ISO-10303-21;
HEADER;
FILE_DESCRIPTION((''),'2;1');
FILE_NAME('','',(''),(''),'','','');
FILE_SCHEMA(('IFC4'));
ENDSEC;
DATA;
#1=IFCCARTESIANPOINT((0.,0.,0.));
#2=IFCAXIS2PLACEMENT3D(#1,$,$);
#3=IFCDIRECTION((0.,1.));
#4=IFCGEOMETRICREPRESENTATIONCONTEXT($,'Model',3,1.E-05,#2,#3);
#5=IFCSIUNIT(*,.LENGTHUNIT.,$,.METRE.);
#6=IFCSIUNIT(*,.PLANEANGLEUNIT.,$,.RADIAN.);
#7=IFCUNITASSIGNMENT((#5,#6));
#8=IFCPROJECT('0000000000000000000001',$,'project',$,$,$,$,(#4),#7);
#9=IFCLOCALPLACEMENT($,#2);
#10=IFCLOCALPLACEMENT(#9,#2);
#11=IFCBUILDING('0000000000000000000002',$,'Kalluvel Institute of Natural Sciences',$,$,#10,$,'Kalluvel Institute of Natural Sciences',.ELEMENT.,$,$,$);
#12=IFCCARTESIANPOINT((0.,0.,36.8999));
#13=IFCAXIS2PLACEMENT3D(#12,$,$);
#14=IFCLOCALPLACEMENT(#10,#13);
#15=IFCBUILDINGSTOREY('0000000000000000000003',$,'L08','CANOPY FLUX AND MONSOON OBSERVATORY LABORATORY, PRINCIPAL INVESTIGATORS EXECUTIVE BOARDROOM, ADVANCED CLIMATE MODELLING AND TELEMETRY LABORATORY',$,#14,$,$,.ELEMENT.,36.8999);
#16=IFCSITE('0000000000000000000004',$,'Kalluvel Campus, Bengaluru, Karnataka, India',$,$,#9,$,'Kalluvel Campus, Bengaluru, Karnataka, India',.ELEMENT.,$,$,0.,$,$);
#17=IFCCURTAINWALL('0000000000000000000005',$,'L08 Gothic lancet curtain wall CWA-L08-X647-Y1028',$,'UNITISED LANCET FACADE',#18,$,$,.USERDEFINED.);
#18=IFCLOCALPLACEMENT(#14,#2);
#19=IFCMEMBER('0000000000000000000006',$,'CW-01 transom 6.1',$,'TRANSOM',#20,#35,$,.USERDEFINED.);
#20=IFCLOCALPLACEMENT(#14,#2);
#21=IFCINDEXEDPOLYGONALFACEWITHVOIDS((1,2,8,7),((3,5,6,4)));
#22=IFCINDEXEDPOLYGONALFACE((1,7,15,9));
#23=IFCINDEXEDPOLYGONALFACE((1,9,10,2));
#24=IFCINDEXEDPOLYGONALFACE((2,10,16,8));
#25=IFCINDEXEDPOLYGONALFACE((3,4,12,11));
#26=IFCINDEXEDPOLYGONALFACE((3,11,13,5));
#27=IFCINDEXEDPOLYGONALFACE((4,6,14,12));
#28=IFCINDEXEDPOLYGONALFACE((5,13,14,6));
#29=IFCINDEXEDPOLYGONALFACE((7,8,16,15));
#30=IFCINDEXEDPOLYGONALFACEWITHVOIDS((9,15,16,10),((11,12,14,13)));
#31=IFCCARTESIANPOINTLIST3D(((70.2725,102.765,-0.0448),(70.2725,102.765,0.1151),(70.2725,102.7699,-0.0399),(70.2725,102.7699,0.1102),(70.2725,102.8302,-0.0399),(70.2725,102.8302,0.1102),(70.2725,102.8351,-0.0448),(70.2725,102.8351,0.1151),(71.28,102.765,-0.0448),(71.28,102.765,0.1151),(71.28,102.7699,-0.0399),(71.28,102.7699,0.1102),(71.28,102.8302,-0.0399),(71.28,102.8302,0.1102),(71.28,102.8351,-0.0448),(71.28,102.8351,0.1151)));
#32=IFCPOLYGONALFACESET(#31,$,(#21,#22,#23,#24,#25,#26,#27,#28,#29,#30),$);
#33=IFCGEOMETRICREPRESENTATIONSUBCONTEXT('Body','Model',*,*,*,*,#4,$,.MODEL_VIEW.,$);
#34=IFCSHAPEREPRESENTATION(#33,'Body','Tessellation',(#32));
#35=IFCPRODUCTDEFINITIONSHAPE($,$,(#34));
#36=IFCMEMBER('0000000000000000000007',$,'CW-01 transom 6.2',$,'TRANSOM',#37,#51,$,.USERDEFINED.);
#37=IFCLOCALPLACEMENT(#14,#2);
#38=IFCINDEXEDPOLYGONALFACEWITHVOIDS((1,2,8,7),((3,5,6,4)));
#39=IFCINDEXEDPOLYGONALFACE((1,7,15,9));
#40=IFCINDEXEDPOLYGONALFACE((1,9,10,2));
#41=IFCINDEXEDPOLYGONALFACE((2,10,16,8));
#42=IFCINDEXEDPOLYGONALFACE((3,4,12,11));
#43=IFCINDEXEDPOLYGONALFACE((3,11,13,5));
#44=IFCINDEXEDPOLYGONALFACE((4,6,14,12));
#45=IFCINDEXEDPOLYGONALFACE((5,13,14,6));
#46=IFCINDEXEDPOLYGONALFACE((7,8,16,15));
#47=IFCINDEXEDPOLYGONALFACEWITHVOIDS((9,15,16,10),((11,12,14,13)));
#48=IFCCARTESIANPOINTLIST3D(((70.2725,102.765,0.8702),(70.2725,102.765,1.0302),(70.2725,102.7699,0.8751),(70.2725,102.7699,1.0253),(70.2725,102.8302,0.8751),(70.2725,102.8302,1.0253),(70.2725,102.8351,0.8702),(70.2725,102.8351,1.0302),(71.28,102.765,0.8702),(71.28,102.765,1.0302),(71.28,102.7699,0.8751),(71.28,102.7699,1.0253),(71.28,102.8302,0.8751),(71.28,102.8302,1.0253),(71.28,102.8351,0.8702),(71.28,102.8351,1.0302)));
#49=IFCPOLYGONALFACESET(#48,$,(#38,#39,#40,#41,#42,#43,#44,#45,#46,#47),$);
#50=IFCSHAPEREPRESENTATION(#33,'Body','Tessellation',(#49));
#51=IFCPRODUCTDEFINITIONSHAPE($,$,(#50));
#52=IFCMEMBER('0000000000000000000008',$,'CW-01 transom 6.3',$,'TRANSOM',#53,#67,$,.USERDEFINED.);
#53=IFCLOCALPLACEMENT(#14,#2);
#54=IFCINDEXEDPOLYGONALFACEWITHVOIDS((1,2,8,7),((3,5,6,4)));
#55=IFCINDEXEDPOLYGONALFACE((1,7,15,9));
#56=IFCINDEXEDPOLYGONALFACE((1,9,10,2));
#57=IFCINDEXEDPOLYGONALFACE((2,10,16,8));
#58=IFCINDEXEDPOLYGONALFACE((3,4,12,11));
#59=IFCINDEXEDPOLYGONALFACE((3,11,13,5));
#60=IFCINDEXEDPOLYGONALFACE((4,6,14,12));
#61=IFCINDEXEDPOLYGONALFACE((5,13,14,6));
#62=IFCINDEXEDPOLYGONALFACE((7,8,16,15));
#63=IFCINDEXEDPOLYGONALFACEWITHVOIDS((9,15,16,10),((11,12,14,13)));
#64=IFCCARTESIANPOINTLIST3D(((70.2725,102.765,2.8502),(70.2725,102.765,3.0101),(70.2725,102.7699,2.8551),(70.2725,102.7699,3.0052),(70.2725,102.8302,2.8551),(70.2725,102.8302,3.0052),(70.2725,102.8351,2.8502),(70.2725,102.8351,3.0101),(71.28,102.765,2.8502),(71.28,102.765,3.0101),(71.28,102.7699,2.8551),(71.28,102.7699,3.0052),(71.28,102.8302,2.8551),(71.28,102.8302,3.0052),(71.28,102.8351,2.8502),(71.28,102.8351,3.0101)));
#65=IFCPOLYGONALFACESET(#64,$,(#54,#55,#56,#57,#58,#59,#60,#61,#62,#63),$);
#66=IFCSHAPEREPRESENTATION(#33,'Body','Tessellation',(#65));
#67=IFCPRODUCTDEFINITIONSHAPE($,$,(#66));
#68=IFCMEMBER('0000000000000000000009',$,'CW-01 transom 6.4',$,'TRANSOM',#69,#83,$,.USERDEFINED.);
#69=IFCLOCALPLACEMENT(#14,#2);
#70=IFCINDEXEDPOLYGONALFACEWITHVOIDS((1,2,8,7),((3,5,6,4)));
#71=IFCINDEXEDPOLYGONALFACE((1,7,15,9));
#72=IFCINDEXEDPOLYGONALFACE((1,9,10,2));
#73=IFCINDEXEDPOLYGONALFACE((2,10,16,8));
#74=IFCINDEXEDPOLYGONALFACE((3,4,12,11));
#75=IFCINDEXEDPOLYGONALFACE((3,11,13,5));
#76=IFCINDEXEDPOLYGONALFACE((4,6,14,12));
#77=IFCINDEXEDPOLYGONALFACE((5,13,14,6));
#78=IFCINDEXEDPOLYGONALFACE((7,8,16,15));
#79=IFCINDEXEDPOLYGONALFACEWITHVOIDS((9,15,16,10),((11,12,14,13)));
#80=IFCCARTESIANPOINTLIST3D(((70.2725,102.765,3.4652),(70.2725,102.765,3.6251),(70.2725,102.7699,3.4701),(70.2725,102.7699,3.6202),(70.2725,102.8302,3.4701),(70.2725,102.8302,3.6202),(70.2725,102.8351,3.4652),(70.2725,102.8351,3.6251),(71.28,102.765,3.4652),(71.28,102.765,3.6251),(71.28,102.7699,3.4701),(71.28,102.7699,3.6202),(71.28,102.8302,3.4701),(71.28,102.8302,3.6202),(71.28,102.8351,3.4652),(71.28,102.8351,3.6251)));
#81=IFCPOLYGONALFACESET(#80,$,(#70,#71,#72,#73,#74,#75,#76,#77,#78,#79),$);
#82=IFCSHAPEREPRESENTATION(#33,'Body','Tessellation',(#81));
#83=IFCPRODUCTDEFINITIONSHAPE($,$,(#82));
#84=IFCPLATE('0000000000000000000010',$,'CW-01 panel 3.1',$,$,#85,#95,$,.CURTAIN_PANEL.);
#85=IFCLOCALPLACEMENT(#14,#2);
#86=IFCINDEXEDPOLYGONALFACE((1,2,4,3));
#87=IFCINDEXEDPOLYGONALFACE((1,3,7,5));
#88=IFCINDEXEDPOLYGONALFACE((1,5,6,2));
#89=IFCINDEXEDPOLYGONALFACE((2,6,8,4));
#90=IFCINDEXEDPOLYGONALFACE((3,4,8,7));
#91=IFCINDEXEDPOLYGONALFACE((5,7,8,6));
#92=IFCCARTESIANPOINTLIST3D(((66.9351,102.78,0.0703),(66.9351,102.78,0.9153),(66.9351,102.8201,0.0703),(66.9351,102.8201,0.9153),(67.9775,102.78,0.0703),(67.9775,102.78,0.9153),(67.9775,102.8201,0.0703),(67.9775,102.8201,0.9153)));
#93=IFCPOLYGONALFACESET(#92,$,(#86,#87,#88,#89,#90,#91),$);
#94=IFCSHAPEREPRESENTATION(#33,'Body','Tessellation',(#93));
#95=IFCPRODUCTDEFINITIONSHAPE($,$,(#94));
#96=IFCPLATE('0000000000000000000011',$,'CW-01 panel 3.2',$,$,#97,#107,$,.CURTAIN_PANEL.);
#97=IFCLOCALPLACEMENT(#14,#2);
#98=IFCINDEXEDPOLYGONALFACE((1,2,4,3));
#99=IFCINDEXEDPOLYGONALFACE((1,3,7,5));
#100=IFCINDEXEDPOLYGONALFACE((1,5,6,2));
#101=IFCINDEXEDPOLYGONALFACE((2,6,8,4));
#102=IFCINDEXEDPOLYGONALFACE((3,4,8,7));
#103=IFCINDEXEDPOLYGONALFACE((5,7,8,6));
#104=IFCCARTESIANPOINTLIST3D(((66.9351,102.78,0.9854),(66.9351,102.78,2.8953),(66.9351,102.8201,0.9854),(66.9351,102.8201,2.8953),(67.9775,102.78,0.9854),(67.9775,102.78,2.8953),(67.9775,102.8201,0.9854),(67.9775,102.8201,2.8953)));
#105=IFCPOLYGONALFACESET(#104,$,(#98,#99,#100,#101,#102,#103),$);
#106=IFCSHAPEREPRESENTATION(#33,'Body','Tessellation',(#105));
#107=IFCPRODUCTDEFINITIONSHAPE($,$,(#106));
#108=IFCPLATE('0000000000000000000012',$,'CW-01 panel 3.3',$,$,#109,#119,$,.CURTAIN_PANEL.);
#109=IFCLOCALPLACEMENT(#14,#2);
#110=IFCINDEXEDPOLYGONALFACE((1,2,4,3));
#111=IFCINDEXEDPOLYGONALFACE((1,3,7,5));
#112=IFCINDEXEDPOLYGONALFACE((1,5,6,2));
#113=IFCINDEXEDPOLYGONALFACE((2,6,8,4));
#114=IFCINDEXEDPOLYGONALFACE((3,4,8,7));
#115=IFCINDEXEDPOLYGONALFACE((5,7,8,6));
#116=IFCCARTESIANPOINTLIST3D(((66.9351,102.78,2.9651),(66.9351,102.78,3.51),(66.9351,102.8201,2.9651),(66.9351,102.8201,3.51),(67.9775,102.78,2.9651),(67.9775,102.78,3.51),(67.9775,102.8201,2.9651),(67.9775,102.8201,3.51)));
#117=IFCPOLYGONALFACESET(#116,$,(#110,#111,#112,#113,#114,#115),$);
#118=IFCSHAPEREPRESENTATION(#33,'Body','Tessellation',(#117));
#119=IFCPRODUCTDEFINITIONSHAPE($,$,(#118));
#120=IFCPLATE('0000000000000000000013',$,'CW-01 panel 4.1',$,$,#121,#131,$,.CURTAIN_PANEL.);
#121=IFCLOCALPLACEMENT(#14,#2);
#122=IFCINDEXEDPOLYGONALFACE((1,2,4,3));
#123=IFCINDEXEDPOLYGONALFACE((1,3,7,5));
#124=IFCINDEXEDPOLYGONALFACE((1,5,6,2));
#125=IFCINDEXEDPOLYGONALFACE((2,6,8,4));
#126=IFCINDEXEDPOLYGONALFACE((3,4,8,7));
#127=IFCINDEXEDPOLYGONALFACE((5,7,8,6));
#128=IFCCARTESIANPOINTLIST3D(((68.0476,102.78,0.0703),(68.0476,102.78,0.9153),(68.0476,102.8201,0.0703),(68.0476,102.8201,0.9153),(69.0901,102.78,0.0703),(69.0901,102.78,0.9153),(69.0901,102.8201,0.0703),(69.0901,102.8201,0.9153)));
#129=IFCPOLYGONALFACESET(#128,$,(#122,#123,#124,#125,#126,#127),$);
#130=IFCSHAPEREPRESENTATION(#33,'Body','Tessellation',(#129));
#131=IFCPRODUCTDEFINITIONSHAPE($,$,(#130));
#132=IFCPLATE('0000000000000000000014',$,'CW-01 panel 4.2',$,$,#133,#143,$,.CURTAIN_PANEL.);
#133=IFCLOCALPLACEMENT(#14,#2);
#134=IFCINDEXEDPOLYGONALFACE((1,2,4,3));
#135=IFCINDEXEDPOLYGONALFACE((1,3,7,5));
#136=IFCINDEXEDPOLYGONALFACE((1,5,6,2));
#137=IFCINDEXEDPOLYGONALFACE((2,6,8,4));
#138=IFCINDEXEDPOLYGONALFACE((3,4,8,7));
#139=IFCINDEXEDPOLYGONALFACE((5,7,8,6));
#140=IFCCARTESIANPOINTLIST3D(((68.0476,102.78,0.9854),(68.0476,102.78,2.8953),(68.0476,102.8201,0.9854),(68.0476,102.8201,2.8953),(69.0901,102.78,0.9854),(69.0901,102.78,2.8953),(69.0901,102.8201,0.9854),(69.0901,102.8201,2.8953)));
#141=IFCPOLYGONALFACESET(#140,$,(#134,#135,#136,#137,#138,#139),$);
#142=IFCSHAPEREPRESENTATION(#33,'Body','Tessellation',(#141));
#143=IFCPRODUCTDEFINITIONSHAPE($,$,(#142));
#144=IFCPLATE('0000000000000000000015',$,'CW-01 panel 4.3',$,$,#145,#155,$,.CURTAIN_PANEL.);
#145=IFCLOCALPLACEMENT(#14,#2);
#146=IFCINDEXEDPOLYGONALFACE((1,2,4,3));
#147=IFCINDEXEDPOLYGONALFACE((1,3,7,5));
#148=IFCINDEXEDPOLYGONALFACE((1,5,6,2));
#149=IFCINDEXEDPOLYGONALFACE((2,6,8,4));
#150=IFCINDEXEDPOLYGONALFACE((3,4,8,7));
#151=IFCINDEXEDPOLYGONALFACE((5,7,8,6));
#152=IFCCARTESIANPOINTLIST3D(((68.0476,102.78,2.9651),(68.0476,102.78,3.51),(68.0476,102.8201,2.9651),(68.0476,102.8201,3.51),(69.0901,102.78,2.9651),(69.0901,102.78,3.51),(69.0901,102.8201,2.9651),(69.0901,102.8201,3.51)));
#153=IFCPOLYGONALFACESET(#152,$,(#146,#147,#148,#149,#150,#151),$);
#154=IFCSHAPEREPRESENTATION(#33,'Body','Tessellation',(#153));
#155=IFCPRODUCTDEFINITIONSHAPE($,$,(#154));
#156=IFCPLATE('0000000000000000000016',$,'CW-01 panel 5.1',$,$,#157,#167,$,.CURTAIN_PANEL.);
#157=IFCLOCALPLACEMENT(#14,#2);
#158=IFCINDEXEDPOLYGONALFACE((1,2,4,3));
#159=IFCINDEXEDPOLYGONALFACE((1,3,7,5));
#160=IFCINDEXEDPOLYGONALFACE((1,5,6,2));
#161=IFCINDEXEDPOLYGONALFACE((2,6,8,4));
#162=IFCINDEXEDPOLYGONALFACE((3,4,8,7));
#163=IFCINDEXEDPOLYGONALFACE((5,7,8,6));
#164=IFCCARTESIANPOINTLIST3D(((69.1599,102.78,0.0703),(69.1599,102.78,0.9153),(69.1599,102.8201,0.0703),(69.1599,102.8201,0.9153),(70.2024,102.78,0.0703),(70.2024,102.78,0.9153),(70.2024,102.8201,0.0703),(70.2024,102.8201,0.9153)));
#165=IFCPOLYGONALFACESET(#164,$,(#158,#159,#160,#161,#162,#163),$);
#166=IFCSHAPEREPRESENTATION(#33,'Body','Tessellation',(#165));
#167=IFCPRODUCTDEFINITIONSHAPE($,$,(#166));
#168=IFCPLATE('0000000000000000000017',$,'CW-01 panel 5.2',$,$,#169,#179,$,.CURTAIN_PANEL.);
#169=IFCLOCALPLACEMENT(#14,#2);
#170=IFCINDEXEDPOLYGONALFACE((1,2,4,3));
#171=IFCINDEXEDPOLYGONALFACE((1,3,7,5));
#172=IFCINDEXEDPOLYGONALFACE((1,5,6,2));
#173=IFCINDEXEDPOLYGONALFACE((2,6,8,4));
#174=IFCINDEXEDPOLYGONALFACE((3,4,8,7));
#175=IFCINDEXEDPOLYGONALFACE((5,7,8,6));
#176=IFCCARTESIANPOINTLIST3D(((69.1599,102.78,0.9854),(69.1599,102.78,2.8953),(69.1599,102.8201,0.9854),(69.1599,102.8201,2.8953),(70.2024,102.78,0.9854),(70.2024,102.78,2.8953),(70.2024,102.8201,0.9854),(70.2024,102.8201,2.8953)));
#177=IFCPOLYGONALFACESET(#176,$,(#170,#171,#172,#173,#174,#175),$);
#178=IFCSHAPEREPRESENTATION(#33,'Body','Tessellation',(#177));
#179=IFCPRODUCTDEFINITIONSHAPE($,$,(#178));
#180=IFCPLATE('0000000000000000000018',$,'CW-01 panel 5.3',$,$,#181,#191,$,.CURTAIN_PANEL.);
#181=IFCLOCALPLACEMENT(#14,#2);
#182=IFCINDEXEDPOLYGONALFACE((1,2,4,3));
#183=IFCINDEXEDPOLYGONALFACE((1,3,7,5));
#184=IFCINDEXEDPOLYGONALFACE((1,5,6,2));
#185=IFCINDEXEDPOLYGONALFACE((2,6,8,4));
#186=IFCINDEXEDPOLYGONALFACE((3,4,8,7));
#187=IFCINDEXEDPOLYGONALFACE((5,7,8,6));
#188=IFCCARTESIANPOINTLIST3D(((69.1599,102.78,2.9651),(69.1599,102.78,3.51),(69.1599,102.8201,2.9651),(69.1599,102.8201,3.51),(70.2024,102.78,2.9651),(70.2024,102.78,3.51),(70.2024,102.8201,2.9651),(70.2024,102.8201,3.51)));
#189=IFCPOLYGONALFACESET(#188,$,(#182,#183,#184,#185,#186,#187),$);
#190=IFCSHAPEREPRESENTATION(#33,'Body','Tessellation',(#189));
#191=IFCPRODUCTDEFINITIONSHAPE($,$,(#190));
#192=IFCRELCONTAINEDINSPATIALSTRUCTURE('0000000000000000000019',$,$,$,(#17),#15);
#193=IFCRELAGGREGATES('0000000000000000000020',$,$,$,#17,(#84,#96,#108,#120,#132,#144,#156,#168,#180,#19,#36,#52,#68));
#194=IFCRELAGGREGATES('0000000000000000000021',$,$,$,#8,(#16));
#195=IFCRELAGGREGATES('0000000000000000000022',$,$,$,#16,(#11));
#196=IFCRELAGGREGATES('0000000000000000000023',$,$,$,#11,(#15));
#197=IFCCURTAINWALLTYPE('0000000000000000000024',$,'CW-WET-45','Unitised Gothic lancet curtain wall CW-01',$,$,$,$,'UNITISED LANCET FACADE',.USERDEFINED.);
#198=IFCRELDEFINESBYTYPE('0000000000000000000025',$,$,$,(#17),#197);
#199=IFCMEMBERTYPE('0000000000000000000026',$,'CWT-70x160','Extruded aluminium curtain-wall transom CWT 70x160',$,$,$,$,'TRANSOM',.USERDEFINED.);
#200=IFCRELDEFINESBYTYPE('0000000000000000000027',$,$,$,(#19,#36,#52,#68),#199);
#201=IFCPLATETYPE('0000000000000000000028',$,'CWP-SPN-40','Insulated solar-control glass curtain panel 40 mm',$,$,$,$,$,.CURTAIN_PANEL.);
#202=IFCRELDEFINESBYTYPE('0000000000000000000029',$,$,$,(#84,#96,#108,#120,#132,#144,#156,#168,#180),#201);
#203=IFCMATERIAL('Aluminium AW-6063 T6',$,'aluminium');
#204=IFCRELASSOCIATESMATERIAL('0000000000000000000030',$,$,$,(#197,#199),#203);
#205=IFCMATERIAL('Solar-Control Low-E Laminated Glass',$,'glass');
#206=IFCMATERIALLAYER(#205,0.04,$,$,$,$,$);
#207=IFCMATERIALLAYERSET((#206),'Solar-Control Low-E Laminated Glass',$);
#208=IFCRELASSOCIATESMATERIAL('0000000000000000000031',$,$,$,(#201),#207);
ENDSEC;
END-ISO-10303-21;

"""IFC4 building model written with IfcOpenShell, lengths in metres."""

from ifc_helpers import new_model, si_unit, direction, frame, origin, origin_2d, place, context, subcontext, project, spatial, rectangle, hollow_rectangle, extrude, material, layer, layer_set, material_profile, profile_set, type_object, element, aggregate, save


model = new_model("IFC4")

# Units and contexts
model_context = context("Model", 3, precision=1e-05, world=origin(), true_north=direction((0.0, 1.0)))
body_context = subcontext(model_context, "Body", "Model", "MODEL_VIEW")
ifc_project = project(units=[si_unit("LENGTHUNIT", "METRE"), si_unit("PLANEANGLEUNIT", "RADIAN")], contexts=[model_context])

# Site, building, storey
site_placement = place(None, origin())
site = spatial("IfcSite", under=ifc_project, at=site_placement, Name="Kalluvel Campus, Bengaluru, Karnataka, India", LongName="Kalluvel Campus, Bengaluru, Karnataka, India", CompositionType="ELEMENT", RefElevation=0.0)
building_placement = place(site_placement, origin())
building = spatial("IfcBuilding", under=site, at=building_placement, Name="Kalluvel Institute of Natural Sciences", LongName="Kalluvel Institute of Natural Sciences", CompositionType="ELEMENT")
storey_placement = place(building_placement, frame((0.0, 0.0, 36.8999)))
storey = spatial("IfcBuildingStorey", under=building, at=storey_placement, Name="L08", Description="CANOPY FLUX AND MONSOON OBSERVATORY LABORATORY, PRINCIPAL INVESTIGATORS EXECUTIVE BOARDROOM, ADVANCED CLIMATE MODELLING AND TELEMETRY LABORATORY", CompositionType="ELEMENT", Elevation=36.8999)

# Curtain wall, members, plates
ifc_material_1 = material(Name="Aluminium AW-6063 T6", Category="aluminium")
curtain_wall_type = type_object("IfcCurtainWallType", Name="CW-WET-45", Description="Unitised Gothic lancet curtain wall CW-01", ElementType="UNITISED LANCET FACADE", PredefinedType="USERDEFINED", material=ifc_material_1)
curtain_wall_placement = place(storey_placement, origin())
curtain_wall = element("IfcCurtainWall", 1, at=curtain_wall_placement, inside=storey, type_object=curtain_wall_type, Name="L08 Gothic lancet curtain wall CWA-L08-X647-Y1028", ObjectType="UNITISED LANCET FACADE", PredefinedType="USERDEFINED")
ifc_material_profile_1 = material_profile(ifc_material_1, hollow_rectangle(XDim=0.0701, YDim=0.1599, WallThickness=0.0049, at=origin_2d()), Name="CWT 70x160")
ifc_profile_set_1 = profile_set([ifc_material_profile_1], Name="Aluminium AW-6063 T6")
member_type_1 = type_object("IfcMemberType", Name="CWT-70x160", Description="Extruded aluminium curtain-wall transom CWT 70x160", ElementType="TRANSOM", PredefinedType="USERDEFINED", material=ifc_profile_set_1)
member_1_placement = place(storey_placement, frame((70.2725, 102.8, 0.0352), z_axis=(1.0, 0.0, 0.0), x_axis=(0.0, 1.0, 0.0)))
member_1 = element("IfcMember", 2, at=member_1_placement, type_object=member_type_1, Name="CW-01 transom 6.1", ObjectType="TRANSOM", PredefinedType="USERDEFINED", context=body_context, shape_type="SweptSolid", body=[
    extrude(hollow_rectangle(XDim=0.0701, YDim=0.1599, WallThickness=0.0049, at=origin_2d()), origin(), (0.0, 0.0, 1.0), 1.0076),
])
member_2_placement = place(storey_placement, frame((70.2725, 102.8, 0.9502), z_axis=(1.0, 0.0, 0.0), x_axis=(0.0, 1.0, 0.0)))
member_2 = element("IfcMember", 3, at=member_2_placement, type_object=member_type_1, Name="CW-01 transom 6.2", ObjectType="TRANSOM", PredefinedType="USERDEFINED", context=body_context, shape_type="SweptSolid", body=[
    extrude(hollow_rectangle(XDim=0.0701, YDim=0.1599, WallThickness=0.0049, at=origin_2d()), origin(), (0.0, 0.0, 1.0), 1.0076),
])
member_3_placement = place(storey_placement, frame((70.2725, 102.8, 2.9302), z_axis=(1.0, 0.0, 0.0), x_axis=(0.0, 1.0, 0.0)))
member_3 = element("IfcMember", 4, at=member_3_placement, type_object=member_type_1, Name="CW-01 transom 6.3", ObjectType="TRANSOM", PredefinedType="USERDEFINED", context=body_context, shape_type="SweptSolid", body=[
    extrude(hollow_rectangle(XDim=0.0701, YDim=0.1599, WallThickness=0.0049, at=origin_2d()), origin(), (0.0, 0.0, 1.0), 1.0076),
])
member_4_placement = place(storey_placement, frame((70.2725, 102.8, 3.5452), z_axis=(1.0, 0.0, 0.0), x_axis=(0.0, 1.0, 0.0)))
member_4 = element("IfcMember", 5, at=member_4_placement, type_object=member_type_1, Name="CW-01 transom 6.4", ObjectType="TRANSOM", PredefinedType="USERDEFINED", context=body_context, shape_type="SweptSolid", body=[
    extrude(hollow_rectangle(XDim=0.0701, YDim=0.1599, WallThickness=0.0049, at=origin_2d()), origin(), (0.0, 0.0, 1.0), 1.0076),
])
ifc_material_2 = material(Name="Solar-Control Low-E Laminated Glass", Category="glass")
ifc_layer = layer(ifc_material_2, 0.04)
ifc_layer_set = layer_set([ifc_layer], Name="Solar-Control Low-E Laminated Glass")
plate_type = type_object("IfcPlateType", Name="CWP-SPN-40", Description="Insulated solar-control glass curtain panel 40 mm", PredefinedType="CURTAIN_PANEL", material=ifc_layer_set)
plate_1_placement = place(storey_placement, frame((67.4563, 102.8, 0.0703), z_axis=(0.0, 0.0, 1.0), x_axis=(1.0, 0.0, 0.0)))
plate_1 = element("IfcPlate", 6, at=plate_1_placement, type_object=plate_type, Name="CW-01 panel 3.1", PredefinedType="CURTAIN_PANEL", context=body_context, shape_type="SweptSolid", body=[
    extrude(rectangle(XDim=1.0425, YDim=0.04, at=origin_2d()), origin(), (0.0, 0.0, 1.0), 0.845),
])
plate_2_placement = place(storey_placement, frame((67.4563, 102.8, 0.9854), z_axis=(0.0, 0.0, 1.0), x_axis=(1.0, 0.0, 0.0)))
plate_2 = element("IfcPlate", 7, at=plate_2_placement, type_object=plate_type, Name="CW-01 panel 3.2", PredefinedType="CURTAIN_PANEL", context=body_context, shape_type="SweptSolid", body=[
    extrude(rectangle(XDim=1.0425, YDim=0.04, at=origin_2d()), origin(), (0.0, 0.0, 1.0), 1.9099),
])
plate_3_placement = place(storey_placement, frame((67.4563, 102.8, 2.9651), z_axis=(0.0, 0.0, 1.0), x_axis=(1.0, 0.0, 0.0)))
plate_3 = element("IfcPlate", 8, at=plate_3_placement, type_object=plate_type, Name="CW-01 panel 3.3", PredefinedType="CURTAIN_PANEL", context=body_context, shape_type="SweptSolid", body=[
    extrude(rectangle(XDim=1.0425, YDim=0.04, at=origin_2d()), origin(), (0.0, 0.0, 1.0), 0.5449),
])
plate_4_placement = place(storey_placement, frame((68.5688, 102.8, 0.0703), z_axis=(0.0, 0.0, 1.0), x_axis=(1.0, 0.0, 0.0)))
plate_4 = element("IfcPlate", 9, at=plate_4_placement, type_object=plate_type, Name="CW-01 panel 4.1", PredefinedType="CURTAIN_PANEL", context=body_context, shape_type="SweptSolid", body=[
    extrude(rectangle(XDim=1.0425, YDim=0.04, at=origin_2d()), origin(), (0.0, 0.0, 1.0), 0.845),
])
plate_5_placement = place(storey_placement, frame((68.5688, 102.8, 0.9854), z_axis=(0.0, 0.0, 1.0), x_axis=(1.0, 0.0, 0.0)))
plate_5 = element("IfcPlate", 10, at=plate_5_placement, type_object=plate_type, Name="CW-01 panel 4.2", PredefinedType="CURTAIN_PANEL", context=body_context, shape_type="SweptSolid", body=[
    extrude(rectangle(XDim=1.0425, YDim=0.04, at=origin_2d()), origin(), (0.0, 0.0, 1.0), 1.9099),
])
plate_6_placement = place(storey_placement, frame((68.5688, 102.8, 2.9651), z_axis=(0.0, 0.0, 1.0), x_axis=(1.0, 0.0, 0.0)))
plate_6 = element("IfcPlate", 11, at=plate_6_placement, type_object=plate_type, Name="CW-01 panel 4.3", PredefinedType="CURTAIN_PANEL", context=body_context, shape_type="SweptSolid", body=[
    extrude(rectangle(XDim=1.0425, YDim=0.04, at=origin_2d()), origin(), (0.0, 0.0, 1.0), 0.5449),
])
plate_7_placement = place(storey_placement, frame((69.6812, 102.8, 0.0703), z_axis=(0.0, 0.0, 1.0), x_axis=(1.0, 0.0, 0.0)))
plate_7 = element("IfcPlate", 12, at=plate_7_placement, type_object=plate_type, Name="CW-01 panel 5.1", PredefinedType="CURTAIN_PANEL", context=body_context, shape_type="SweptSolid", body=[
    extrude(rectangle(XDim=1.0425, YDim=0.04, at=origin_2d()), origin(), (0.0, 0.0, 1.0), 0.845),
])
plate_8_placement = place(storey_placement, frame((69.6812, 102.8, 0.9854), z_axis=(0.0, 0.0, 1.0), x_axis=(1.0, 0.0, 0.0)))
plate_8 = element("IfcPlate", 13, at=plate_8_placement, type_object=plate_type, Name="CW-01 panel 5.2", PredefinedType="CURTAIN_PANEL", context=body_context, shape_type="SweptSolid", body=[
    extrude(rectangle(XDim=1.0425, YDim=0.04, at=origin_2d()), origin(), (0.0, 0.0, 1.0), 1.9099),
])
plate_9_placement = place(storey_placement, frame((69.6812, 102.8, 2.9651), z_axis=(0.0, 0.0, 1.0), x_axis=(1.0, 0.0, 0.0)))
plate_9 = element("IfcPlate", 14, at=plate_9_placement, type_object=plate_type, Name="CW-01 panel 5.3", PredefinedType="CURTAIN_PANEL", context=body_context, shape_type="SweptSolid", body=[
    extrude(rectangle(XDim=1.0425, YDim=0.04, at=origin_2d()), origin(), (0.0, 0.0, 1.0), 0.5449),
])
aggregate(curtain_wall, [plate_1, plate_2, plate_3, plate_4, plate_5, plate_6, plate_7, plate_8, plate_9, member_1, member_2, member_3, member_4])

save(model, "model.ifc")
